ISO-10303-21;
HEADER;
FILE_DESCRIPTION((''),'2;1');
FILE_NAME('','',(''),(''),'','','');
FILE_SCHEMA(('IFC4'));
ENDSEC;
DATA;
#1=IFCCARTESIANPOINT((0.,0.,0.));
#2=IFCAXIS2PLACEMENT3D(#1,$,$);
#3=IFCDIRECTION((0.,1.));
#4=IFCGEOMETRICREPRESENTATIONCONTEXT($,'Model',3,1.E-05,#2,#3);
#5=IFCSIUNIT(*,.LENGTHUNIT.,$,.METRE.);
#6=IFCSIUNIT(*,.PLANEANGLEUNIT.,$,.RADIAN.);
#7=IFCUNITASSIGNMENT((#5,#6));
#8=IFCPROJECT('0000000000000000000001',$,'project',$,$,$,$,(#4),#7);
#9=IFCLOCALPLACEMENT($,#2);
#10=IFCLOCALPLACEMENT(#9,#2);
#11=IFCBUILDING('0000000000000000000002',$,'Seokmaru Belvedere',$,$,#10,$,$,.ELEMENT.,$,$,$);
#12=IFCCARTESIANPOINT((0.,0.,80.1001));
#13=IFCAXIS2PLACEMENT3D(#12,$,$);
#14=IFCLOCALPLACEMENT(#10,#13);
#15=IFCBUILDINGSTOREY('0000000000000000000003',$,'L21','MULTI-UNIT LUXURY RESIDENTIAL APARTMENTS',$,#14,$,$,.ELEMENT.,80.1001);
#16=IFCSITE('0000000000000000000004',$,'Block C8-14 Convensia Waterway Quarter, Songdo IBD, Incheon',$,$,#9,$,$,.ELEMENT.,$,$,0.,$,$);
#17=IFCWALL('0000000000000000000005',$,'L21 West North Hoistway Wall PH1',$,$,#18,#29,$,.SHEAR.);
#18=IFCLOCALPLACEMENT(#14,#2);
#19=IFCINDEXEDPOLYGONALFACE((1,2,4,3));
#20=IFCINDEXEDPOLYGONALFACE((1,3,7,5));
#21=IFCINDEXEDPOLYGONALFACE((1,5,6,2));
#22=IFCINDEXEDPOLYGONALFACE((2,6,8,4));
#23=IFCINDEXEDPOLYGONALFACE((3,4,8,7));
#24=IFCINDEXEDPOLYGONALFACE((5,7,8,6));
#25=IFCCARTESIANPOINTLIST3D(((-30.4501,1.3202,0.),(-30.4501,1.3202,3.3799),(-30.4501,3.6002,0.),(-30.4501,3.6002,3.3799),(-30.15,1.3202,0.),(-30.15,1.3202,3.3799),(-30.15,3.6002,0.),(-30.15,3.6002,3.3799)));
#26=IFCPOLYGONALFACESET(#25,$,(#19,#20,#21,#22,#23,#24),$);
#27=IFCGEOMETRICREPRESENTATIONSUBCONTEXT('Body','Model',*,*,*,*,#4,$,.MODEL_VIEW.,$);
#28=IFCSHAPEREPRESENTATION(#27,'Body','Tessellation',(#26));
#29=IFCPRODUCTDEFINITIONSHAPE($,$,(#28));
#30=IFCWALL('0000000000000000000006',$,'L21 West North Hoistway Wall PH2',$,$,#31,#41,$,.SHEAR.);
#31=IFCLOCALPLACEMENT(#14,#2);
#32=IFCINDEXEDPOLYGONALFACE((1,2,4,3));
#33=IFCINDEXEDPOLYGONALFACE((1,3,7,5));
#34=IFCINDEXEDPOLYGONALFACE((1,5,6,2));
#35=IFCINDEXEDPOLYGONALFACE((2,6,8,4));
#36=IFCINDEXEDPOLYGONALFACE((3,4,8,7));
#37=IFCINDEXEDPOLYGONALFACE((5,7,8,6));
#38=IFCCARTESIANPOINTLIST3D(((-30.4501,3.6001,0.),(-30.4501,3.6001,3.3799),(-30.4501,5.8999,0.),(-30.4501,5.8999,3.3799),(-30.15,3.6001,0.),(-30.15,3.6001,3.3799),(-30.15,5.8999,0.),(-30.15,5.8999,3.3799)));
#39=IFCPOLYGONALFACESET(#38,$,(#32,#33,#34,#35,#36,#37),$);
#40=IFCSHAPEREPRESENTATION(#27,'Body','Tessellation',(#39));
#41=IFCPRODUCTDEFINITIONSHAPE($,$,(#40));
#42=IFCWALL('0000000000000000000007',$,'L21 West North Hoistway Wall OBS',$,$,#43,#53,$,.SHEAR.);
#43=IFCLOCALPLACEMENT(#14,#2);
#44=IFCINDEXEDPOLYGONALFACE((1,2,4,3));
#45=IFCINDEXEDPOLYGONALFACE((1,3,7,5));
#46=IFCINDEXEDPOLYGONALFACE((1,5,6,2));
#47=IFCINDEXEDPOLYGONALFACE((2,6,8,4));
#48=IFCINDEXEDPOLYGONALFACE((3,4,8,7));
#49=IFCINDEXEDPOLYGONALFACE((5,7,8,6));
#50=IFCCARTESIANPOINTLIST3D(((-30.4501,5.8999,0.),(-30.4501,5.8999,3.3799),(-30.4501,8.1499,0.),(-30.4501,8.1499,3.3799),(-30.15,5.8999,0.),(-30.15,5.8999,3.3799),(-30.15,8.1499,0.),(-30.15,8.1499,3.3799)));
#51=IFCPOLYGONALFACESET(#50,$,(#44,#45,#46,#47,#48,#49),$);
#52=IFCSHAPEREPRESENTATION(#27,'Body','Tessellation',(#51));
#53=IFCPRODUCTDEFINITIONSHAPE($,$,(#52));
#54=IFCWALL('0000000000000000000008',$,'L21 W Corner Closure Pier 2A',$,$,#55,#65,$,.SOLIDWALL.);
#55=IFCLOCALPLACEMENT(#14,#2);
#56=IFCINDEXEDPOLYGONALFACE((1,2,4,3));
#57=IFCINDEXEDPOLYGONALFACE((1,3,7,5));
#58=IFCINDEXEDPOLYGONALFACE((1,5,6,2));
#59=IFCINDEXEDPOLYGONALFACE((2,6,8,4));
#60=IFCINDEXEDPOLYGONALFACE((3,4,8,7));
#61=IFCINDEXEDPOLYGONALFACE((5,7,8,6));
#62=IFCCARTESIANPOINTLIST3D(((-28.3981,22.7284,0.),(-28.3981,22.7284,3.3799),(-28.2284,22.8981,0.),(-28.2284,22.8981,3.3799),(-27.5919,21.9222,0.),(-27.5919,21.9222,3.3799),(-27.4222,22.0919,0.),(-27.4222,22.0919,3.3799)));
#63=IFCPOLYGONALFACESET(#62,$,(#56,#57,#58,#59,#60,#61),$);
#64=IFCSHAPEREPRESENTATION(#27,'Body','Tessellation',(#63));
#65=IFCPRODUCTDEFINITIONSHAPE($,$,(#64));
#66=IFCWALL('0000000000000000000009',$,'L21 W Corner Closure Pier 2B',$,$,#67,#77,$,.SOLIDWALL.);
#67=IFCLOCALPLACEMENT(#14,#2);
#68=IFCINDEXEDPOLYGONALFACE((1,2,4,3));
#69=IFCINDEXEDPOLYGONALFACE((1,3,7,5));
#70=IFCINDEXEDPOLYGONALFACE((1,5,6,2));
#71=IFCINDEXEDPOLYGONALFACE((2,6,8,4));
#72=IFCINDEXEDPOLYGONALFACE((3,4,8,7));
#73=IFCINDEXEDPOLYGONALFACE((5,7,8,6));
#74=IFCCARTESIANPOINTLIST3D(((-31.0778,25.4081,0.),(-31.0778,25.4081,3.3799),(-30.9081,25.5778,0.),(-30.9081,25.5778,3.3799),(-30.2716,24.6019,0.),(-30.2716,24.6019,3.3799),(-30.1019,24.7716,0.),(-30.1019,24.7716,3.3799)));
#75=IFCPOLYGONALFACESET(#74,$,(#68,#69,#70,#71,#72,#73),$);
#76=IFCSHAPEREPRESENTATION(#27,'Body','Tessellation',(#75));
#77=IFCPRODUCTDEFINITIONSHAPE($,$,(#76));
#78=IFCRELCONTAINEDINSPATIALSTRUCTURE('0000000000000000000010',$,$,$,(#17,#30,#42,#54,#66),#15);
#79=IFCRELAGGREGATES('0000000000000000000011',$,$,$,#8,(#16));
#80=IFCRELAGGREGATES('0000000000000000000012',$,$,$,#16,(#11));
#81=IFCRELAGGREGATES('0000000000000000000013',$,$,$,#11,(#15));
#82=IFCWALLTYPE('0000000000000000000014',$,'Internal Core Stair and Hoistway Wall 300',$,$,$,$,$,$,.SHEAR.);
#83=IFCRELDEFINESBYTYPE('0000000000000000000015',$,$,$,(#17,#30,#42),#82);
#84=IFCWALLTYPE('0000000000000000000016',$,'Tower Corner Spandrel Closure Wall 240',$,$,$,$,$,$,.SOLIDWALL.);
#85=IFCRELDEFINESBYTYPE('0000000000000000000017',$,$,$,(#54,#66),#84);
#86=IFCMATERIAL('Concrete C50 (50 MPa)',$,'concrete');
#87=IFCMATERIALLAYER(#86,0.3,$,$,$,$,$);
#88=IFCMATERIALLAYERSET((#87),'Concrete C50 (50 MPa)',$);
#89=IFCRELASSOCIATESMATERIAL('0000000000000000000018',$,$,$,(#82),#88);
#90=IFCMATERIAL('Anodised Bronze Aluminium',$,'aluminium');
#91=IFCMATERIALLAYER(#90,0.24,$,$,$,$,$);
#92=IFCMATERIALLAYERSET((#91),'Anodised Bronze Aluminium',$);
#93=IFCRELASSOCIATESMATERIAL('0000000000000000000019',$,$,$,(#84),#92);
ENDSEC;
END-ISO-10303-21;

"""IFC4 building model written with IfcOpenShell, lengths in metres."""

from ifc_helpers import new_model, si_unit, direction, frame, frame_2d, origin, place, context, subcontext, project, spatial, rectangle, extrude, material, layer, layer_set, type_object, element, save


model = new_model("IFC4")

# Units and contexts
model_context = context("Model", 3, precision=1e-05, world=origin(), true_north=direction((0.0, 1.0)))
body_context = subcontext(model_context, "Body", "Model", "MODEL_VIEW")
ifc_project = project(units=[si_unit("LENGTHUNIT", "METRE"), si_unit("PLANEANGLEUNIT", "RADIAN")], contexts=[model_context])

# Site, building, storey
site_placement = place(None, origin())
site = spatial("IfcSite", under=ifc_project, at=site_placement, Name="Block C8-14 Convensia Waterway Quarter, Songdo IBD, Incheon", CompositionType="ELEMENT", RefElevation=0.0)
building_placement = place(site_placement, origin())
building = spatial("IfcBuilding", under=site, at=building_placement, Name="Seokmaru Belvedere", CompositionType="ELEMENT")
storey_placement = place(building_placement, frame((0.0, 0.0, 80.1001)))
storey = spatial("IfcBuildingStorey", under=building, at=storey_placement, Name="L21", Description="MULTI-UNIT LUXURY RESIDENTIAL APARTMENTS", CompositionType="ELEMENT", Elevation=80.1001)

# Shared definitions
ifc_material_1 = material(Name="Anodised Bronze Aluminium", Category="aluminium")

# Walls
ifc_material_2 = material(Name="Concrete C50 (50 MPa)", Category="concrete")
ifc_layer_1 = layer(ifc_material_2, 0.3)
ifc_layer_set_1 = layer_set([ifc_layer_1], Name="Concrete C50 (50 MPa)")
wall_type_1 = type_object("IfcWallType", Name="Internal Core Stair and Hoistway Wall 300", PredefinedType="SHEAR", material=ifc_layer_set_1)
wall_1_placement = place(storey_placement, frame((-30.3, 1.3201, 0.0), z_axis=(0.0, 0.0, 1.0), x_axis=(0.0, 1.0, 0.0)))
element("IfcWall", 1, at=wall_1_placement, inside=storey, type_object=wall_type_1, Name="L21 West North Hoistway Wall PH1", PredefinedType="SHEAR", context=body_context, shape_type="SweptSolid", body=[
    extrude(rectangle(XDim=2.28, YDim=0.3, at=frame_2d((1.1401, 0.0))), origin(), (0.0, 0.0, 1.0), 3.3799),
])
wall_2_placement = place(storey_placement, frame((-30.3, 3.6001, 0.0), z_axis=(0.0, 0.0, 1.0), x_axis=(0.0, 1.0, 0.0)))
element("IfcWall", 2, at=wall_2_placement, inside=storey, type_object=wall_type_1, Name="L21 West North Hoistway Wall PH2", PredefinedType="SHEAR", context=body_context, shape_type="SweptSolid", body=[
    extrude(rectangle(XDim=2.2998, YDim=0.3, at=frame_2d((1.1499, 0.0))), origin(), (0.0, 0.0, 1.0), 3.3799),
])
wall_3_placement = place(storey_placement, frame((-30.3, 5.8999, 0.0), z_axis=(0.0, 0.0, 1.0), x_axis=(0.0, 1.0, 0.0)))
element("IfcWall", 3, at=wall_3_placement, inside=storey, type_object=wall_type_1, Name="L21 West North Hoistway Wall OBS", PredefinedType="SHEAR", context=body_context, shape_type="SweptSolid", body=[
    extrude(rectangle(XDim=2.25, YDim=0.3, at=frame_2d((1.125, 0.0))), origin(), (0.0, 0.0, 1.0), 3.3799),
])

# Walls
ifc_layer_2 = layer(ifc_material_1, 0.24)
ifc_layer_set_2 = layer_set([ifc_layer_2], Name="Anodised Bronze Aluminium")
wall_type_2 = type_object("IfcWallType", Name="Tower Corner Spandrel Closure Wall 240", PredefinedType="SOLIDWALL", material=ifc_layer_set_2)
for number, where, z_axis, x_axis, name in (
    (4, (-27.5071, 22.0071, 0.0), (0.0, 0.0, 1.0), (-0.707107, 0.707107, 0.0), "L21 W Corner Closure Pier 2A"),
    (5, (-30.1868, 24.6868, 0.0), (0.0, 0.0, 1.0), (-0.707107, 0.707107, 0.0), "L21 W Corner Closure Pier 2B"),
):
    element("IfcWall", number, at=place(storey_placement, frame(where, z_axis=z_axis, x_axis=x_axis)), inside=storey, type_object=wall_type_2, Name=name, PredefinedType="SOLIDWALL", context=body_context, shape_type="SweptSolid", body=[
        extrude(rectangle(XDim=1.1401, YDim=0.24, at=frame_2d((0.5701, 0.0))), origin(), (0.0, 0.0, 1.0), 3.3799),
    ])

save(model, "model.ifc")
